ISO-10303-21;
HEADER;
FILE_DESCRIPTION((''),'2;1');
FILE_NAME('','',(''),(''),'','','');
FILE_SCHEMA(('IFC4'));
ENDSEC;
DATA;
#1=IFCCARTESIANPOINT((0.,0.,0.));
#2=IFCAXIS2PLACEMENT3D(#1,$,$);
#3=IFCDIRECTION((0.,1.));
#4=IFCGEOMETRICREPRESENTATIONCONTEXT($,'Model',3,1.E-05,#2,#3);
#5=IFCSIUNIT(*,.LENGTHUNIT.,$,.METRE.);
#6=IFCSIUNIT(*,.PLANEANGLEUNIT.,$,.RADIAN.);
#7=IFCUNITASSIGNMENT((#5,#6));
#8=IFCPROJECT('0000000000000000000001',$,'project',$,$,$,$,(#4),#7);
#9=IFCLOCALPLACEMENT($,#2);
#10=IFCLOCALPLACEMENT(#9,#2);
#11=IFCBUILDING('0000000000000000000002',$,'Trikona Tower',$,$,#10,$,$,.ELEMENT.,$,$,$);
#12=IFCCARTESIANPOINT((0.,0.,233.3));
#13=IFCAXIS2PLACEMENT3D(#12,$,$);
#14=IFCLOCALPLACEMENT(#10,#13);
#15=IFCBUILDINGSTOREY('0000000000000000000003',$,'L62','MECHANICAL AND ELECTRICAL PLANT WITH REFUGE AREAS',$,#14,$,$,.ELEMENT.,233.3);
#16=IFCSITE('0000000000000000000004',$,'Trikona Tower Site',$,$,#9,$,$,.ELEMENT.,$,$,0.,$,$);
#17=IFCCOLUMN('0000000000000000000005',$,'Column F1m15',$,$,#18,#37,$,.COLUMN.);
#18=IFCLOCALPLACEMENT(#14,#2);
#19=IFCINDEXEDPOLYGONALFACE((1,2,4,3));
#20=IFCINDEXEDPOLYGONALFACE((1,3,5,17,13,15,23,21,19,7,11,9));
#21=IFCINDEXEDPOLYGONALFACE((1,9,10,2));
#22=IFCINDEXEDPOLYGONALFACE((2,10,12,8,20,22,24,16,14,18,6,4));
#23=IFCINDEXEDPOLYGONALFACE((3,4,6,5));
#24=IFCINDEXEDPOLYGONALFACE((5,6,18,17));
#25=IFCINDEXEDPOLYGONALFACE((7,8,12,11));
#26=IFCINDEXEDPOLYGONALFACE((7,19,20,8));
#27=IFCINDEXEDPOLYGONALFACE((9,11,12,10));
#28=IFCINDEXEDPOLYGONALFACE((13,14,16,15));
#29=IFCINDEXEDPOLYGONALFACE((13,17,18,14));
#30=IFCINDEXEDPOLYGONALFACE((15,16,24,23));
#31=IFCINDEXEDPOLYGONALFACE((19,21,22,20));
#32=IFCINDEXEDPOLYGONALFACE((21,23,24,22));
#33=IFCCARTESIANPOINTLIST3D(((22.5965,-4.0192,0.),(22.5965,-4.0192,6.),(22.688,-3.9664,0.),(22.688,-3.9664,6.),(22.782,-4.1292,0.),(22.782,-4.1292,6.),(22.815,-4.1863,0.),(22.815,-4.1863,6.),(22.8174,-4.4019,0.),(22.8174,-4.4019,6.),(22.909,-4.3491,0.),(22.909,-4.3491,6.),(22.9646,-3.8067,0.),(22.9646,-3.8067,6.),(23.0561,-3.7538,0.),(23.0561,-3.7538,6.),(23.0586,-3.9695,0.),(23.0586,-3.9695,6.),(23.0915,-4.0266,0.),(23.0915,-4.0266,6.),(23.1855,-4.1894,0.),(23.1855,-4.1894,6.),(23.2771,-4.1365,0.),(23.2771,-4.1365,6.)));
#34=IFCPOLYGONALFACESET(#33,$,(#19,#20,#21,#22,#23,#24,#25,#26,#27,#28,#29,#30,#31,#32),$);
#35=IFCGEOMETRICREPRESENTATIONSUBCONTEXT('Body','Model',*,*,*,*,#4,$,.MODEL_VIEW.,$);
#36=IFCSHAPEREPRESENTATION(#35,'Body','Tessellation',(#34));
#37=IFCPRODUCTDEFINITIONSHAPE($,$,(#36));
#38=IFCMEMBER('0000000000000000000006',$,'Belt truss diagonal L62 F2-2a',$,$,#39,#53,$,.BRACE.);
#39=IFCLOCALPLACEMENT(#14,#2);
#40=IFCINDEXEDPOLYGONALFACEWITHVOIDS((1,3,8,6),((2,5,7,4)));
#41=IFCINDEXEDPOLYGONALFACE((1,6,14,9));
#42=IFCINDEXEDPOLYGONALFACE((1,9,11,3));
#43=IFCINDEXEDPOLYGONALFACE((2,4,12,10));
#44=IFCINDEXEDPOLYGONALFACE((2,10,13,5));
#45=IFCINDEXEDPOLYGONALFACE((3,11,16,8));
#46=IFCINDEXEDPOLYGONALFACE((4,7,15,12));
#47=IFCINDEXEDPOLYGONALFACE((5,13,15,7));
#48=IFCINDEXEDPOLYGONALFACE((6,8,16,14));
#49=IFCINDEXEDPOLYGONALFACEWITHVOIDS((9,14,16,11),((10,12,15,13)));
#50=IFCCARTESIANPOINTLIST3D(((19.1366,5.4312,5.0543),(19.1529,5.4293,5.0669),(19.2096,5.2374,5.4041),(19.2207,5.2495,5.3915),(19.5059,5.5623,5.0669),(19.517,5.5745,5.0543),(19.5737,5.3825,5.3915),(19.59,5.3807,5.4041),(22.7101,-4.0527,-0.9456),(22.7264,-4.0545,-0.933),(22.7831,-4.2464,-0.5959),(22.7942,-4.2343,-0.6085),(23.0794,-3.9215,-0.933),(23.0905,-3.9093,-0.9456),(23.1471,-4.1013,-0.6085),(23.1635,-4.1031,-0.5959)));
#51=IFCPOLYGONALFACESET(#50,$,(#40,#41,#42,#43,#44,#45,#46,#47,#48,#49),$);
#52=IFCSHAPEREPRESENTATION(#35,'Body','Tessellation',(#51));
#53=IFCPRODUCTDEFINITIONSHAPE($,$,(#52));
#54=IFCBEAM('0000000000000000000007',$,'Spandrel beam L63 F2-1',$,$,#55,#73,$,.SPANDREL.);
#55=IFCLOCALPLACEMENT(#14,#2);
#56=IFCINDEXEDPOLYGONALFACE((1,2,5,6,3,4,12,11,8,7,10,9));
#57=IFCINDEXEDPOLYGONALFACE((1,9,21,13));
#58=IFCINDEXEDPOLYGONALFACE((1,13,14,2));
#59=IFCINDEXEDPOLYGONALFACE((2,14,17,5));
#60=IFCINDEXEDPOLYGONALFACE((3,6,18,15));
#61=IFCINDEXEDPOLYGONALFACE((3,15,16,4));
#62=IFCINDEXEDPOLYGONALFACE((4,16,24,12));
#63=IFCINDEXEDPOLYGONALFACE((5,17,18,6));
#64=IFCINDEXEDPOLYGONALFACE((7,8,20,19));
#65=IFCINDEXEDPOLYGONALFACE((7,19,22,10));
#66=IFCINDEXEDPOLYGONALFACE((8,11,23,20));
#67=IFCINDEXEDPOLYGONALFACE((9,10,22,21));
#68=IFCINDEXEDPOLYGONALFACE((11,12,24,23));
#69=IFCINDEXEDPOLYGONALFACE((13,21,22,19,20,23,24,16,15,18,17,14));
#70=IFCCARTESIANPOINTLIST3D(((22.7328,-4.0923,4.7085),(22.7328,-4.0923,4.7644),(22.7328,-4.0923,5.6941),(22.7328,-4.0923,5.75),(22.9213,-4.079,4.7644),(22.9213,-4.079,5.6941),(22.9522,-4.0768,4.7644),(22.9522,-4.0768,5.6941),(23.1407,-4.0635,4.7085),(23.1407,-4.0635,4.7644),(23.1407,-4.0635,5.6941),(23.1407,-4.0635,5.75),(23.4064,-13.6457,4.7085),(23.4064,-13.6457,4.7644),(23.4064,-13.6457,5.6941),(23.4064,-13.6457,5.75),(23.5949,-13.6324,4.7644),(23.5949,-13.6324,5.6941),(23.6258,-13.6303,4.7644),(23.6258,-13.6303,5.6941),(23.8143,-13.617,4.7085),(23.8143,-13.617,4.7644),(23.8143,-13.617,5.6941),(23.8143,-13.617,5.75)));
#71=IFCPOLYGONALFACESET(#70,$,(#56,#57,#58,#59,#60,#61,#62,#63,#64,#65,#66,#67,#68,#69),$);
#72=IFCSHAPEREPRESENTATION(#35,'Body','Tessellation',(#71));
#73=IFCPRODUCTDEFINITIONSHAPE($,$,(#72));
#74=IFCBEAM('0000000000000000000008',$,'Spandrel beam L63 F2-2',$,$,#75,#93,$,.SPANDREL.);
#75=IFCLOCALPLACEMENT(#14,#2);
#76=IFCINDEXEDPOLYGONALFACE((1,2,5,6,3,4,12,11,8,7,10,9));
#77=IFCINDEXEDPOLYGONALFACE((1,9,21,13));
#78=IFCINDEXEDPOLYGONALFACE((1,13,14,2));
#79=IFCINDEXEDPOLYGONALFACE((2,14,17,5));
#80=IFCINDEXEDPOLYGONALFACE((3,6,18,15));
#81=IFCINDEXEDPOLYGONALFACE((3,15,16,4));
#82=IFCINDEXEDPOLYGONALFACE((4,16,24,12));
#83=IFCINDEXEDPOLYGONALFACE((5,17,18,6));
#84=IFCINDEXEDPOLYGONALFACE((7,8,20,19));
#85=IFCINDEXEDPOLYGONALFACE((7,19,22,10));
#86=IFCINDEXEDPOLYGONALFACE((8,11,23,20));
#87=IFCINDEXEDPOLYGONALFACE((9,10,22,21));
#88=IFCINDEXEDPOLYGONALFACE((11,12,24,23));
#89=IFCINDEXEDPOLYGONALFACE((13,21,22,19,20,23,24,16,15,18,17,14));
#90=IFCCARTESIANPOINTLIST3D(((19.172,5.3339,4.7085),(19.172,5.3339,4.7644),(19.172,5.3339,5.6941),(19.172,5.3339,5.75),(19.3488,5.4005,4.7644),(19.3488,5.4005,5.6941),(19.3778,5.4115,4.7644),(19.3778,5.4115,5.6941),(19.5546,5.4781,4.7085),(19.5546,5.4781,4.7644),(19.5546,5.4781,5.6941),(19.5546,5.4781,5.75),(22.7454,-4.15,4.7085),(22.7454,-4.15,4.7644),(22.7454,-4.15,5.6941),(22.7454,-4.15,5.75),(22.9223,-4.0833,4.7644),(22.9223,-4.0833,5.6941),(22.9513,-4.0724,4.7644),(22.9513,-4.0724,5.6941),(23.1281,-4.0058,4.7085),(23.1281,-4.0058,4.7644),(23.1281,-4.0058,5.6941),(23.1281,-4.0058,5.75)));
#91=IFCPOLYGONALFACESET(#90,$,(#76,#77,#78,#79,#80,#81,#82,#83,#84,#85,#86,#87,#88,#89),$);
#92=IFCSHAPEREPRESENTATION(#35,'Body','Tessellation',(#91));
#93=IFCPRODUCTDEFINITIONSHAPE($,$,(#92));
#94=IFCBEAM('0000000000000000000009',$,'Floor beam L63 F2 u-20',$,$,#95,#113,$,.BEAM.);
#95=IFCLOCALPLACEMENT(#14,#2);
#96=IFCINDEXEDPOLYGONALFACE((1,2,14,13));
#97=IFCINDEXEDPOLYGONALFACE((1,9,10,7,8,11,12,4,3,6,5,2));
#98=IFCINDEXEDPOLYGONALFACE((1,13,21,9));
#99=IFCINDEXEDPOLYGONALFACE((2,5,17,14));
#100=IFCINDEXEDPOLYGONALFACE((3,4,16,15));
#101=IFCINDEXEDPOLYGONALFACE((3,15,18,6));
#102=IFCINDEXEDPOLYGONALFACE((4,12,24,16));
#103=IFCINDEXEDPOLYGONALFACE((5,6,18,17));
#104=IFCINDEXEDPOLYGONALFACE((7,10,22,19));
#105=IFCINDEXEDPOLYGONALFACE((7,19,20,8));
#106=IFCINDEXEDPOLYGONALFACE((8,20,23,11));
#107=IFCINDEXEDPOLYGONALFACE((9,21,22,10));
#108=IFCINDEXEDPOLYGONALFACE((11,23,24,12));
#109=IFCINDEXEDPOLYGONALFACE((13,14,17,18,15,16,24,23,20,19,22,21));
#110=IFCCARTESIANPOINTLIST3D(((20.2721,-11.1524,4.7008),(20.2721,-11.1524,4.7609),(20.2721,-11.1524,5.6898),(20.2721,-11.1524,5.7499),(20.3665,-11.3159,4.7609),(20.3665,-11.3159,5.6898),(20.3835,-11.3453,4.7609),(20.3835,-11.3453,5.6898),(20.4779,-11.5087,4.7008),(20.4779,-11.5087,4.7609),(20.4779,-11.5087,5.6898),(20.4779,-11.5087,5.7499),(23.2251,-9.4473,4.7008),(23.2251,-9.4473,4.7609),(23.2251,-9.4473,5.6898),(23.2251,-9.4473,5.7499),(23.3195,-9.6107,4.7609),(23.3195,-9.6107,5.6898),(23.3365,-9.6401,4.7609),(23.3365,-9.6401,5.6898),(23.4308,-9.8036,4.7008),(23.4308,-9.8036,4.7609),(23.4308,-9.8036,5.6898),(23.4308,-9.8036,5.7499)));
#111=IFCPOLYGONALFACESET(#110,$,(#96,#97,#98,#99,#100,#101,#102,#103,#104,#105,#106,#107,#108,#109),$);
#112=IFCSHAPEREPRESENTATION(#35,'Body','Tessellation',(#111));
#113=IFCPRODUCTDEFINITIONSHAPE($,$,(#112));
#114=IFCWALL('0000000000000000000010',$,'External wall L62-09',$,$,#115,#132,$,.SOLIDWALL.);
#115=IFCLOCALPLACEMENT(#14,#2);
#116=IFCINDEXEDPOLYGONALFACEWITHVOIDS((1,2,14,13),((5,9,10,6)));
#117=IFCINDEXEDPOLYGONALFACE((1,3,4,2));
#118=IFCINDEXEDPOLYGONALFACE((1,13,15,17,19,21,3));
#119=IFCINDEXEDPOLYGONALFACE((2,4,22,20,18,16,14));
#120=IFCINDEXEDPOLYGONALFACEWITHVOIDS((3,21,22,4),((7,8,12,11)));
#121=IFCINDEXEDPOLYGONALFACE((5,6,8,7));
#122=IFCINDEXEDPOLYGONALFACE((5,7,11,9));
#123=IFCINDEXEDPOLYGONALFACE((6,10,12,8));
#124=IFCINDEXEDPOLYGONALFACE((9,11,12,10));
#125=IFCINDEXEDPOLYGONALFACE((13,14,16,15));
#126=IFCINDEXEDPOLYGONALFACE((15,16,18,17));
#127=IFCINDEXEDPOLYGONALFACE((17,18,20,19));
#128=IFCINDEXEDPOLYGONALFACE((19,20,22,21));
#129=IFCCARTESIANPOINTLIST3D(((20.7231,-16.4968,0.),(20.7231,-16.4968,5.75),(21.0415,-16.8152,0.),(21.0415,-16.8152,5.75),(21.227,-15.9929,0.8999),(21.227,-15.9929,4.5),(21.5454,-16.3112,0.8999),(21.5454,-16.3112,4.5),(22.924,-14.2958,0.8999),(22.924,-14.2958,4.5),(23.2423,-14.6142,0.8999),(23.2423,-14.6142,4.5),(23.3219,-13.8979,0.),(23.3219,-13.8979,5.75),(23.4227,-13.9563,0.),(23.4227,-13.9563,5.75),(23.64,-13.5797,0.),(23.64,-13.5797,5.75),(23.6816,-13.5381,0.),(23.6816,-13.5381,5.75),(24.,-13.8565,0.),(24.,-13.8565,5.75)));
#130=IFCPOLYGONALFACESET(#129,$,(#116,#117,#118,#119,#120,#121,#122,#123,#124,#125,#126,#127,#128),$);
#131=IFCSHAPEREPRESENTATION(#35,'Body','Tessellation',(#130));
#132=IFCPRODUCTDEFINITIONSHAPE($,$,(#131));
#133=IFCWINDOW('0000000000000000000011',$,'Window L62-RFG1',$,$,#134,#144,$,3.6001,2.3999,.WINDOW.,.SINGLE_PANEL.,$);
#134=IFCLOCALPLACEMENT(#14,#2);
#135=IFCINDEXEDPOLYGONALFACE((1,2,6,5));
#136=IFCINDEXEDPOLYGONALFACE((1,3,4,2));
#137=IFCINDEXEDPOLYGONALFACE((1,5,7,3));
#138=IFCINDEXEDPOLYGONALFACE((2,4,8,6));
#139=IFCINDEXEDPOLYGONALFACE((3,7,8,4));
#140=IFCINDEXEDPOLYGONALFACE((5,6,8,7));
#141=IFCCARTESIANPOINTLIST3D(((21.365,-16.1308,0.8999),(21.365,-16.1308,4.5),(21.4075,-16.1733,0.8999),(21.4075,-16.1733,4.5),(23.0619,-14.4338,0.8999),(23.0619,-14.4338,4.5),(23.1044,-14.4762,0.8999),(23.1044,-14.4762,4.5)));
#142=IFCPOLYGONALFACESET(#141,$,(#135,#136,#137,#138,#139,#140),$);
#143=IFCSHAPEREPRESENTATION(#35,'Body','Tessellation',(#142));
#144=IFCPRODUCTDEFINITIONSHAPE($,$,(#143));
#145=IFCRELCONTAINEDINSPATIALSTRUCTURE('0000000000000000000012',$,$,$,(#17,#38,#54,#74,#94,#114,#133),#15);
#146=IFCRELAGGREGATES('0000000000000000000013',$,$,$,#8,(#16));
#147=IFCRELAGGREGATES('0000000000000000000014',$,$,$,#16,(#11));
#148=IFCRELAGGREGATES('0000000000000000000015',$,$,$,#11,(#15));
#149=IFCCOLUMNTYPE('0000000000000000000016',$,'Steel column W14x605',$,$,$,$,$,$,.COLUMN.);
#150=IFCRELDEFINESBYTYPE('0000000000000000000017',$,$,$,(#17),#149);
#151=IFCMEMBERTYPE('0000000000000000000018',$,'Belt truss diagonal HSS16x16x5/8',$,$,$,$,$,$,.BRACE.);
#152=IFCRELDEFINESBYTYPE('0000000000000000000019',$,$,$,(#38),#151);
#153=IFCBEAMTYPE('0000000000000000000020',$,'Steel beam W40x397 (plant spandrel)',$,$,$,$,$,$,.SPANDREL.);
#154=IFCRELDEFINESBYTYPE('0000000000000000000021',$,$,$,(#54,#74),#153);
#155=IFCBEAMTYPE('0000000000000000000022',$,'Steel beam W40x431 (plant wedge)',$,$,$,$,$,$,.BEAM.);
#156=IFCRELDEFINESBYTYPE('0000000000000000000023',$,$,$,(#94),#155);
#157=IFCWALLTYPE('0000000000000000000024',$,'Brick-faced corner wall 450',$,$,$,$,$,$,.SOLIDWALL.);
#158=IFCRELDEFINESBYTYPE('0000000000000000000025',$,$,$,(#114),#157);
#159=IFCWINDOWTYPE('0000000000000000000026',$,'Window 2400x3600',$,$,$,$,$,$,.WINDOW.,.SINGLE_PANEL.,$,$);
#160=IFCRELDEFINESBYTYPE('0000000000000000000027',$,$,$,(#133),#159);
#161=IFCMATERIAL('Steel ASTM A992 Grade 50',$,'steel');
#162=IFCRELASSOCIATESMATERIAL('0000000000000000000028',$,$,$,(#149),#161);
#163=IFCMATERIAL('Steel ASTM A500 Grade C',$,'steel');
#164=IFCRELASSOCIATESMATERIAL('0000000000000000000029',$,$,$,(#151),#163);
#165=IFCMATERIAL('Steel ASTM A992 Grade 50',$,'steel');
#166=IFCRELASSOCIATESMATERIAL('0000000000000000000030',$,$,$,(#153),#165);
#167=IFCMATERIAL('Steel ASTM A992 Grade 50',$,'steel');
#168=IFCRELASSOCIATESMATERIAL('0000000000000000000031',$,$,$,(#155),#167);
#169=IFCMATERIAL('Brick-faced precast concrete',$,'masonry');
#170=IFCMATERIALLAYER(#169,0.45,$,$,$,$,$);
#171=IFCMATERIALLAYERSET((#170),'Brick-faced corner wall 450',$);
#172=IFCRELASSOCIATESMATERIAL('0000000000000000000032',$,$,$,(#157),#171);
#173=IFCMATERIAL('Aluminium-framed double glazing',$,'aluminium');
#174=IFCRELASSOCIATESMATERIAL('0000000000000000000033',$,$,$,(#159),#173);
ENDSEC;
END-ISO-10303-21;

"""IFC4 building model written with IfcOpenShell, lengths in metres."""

from ifc_helpers import new_model, si_unit, direction, frame, frame_2d, origin, origin_2d, place, context, subcontext, project, spatial, polyline, rectangle, hollow_rectangle, i_section, outline, extrude, material, layer, layer_set, material_profile, profile_set, type_object, element, fill, save


model = new_model("IFC4")

# Units and contexts
model_context = context("Model", 3, precision=1e-05, world=origin(), true_north=direction((0.0, 1.0)))
body_context = subcontext(model_context, "Body", "Model", "MODEL_VIEW")
ifc_project = project(units=[si_unit("LENGTHUNIT", "METRE"), si_unit("PLANEANGLEUNIT", "RADIAN")], contexts=[model_context])

# Site, building, storey
site_placement = place(None, origin())
site = spatial("IfcSite", under=ifc_project, at=site_placement, Name="Trikona Tower Site", CompositionType="ELEMENT", RefElevation=0.0)
building_placement = place(site_placement, origin())
building = spatial("IfcBuilding", under=site, at=building_placement, Name="Trikona Tower", CompositionType="ELEMENT")
storey_placement = place(building_placement, frame((0.0, 0.0, 233.3)))
storey = spatial("IfcBuildingStorey", under=building, at=storey_placement, Name="L62", Description="MECHANICAL AND ELECTRICAL PLANT WITH REFUGE AREAS", CompositionType="ELEMENT", Elevation=233.3)

# Column
ifc_material_1 = material(Name="Steel ASTM A992 Grade 50", Category="steel")
ifc_material_profile_1 = material_profile(ifc_material_1, i_section(OverallWidth=0.4419, OverallDepth=0.5308, WebThickness=0.0659, FlangeThickness=0.1057, at=origin_2d()), Name="W14X605")
ifc_profile_set_1 = profile_set([ifc_material_profile_1], Name="Steel ASTM A992 Grade 50")
column_type = type_object("IfcColumnType", Name="Steel column W14x605", PredefinedType="COLUMN", material=ifc_profile_set_1)
column_placement = place(storey_placement, frame((22.9368, -4.0779, 0.0), z_axis=(0.0, 0.0, 1.0), x_axis=(-0.5, 0.866025, 0.0)))
element("IfcColumn", 1, at=column_placement, inside=storey, type_object=column_type, Name="Column F1m15", PredefinedType="COLUMN", context=body_context, shape_type="SweptSolid", body=[
    extrude(i_section(OverallWidth=0.4419, OverallDepth=0.5308, WebThickness=0.0659, FlangeThickness=0.1057, at=origin_2d()), origin(), (0.0, 0.0, 1.0), 6.0),
])

# Member
ifc_material_2 = material(Name="Steel ASTM A500 Grade C", Category="steel")
ifc_material_profile_2 = material_profile(ifc_material_2, hollow_rectangle(XDim=0.4065, YDim=0.4065, WallThickness=0.0146, at=origin_2d()), Name="HSS16X16X5/8")
ifc_profile_set_2 = profile_set([ifc_material_profile_2], Name="Steel ASTM A500 Grade C")
member_type = type_object("IfcMemberType", Name="Belt truss diagonal HSS16x16x5/8", PredefinedType="BRACE", material=ifc_profile_set_2)
member_placement = place(storey_placement, frame((22.9368, -4.0779, -0.7708), z_axis=(-0.303412, 0.805242, 0.509438), x_axis=(-0.935776, -0.352596, 0.0)))
element("IfcMember", 2, at=member_placement, inside=storey, type_object=member_type, Name="Belt truss diagonal L62 F2-2a", PredefinedType="BRACE", context=body_context, shape_type="SweptSolid", body=[
    extrude(hollow_rectangle(XDim=0.4065, YDim=0.4065, WallThickness=0.0146, at=origin_2d()), origin(), (0.0, 0.0, 1.0), 11.7776),
])

# Beams
ifc_material_3 = material(Name="Steel ASTM A992 Grade 50", Category="steel")
ifc_material_profile_3 = material_profile(ifc_material_3, i_section(OverallWidth=0.4089, OverallDepth=1.0415, WebThickness=0.031, FlangeThickness=0.0559, at=origin_2d()), Name="W40X397")
ifc_profile_set_3 = profile_set([ifc_material_profile_3], Name="Steel ASTM A992 Grade 50")
beam_type_1 = type_object("IfcBeamType", Name="Steel beam W40x397 (plant spandrel)", PredefinedType="SPANDREL", material=ifc_profile_set_3)
beam_1_placement = place(storey_placement, frame((23.6104, -13.6313, 5.2292), z_axis=(-0.070332, 0.997524, 0.0), x_axis=(-0.997524, -0.070332, 0.0)))
element("IfcBeam", 3, at=beam_1_placement, inside=storey, type_object=beam_type_1, Name="Spandrel beam L63 F2-1", PredefinedType="SPANDREL", context=body_context, shape_type="SweptSolid", body=[
    extrude(i_section(OverallWidth=0.4089, OverallDepth=1.0415, WebThickness=0.031, FlangeThickness=0.0559, at=origin_2d()), origin(), (0.0, 0.0, 1.0), 9.5771),
])
beam_2_placement = place(storey_placement, frame((22.9368, -4.0779, 5.2292), z_axis=(-0.352596, 0.935776, 0.0), x_axis=(-0.935776, -0.352596, 0.0)))
element("IfcBeam", 4, at=beam_2_placement, inside=storey, type_object=beam_type_1, Name="Spandrel beam L63 F2-2", PredefinedType="SPANDREL", context=body_context, shape_type="SweptSolid", body=[
    extrude(i_section(OverallWidth=0.4089, OverallDepth=1.0415, WebThickness=0.031, FlangeThickness=0.0559, at=origin_2d()), origin(), (0.0, 0.0, 1.0), 10.1348),
])
ifc_material_4 = material(Name="Steel ASTM A992 Grade 50", Category="steel")
ifc_material_profile_4 = material_profile(ifc_material_4, i_section(OverallWidth=0.4114, OverallDepth=1.0491, WebThickness=0.0339, FlangeThickness=0.0601, at=origin_2d()), Name="W40X431")
ifc_profile_set_4 = profile_set([ifc_material_profile_4], Name="Steel ASTM A992 Grade 50")
beam_type_2 = type_object("IfcBeamType", Name="Steel beam W40x431 (plant wedge)", PredefinedType="BEAM", material=ifc_profile_set_4)
beam_3_placement = place(storey_placement, frame((20.375, -11.3306, 5.2253), z_axis=(0.865996, 0.500051, 0.0), x_axis=(-0.500051, 0.865996, 0.0)))
element("IfcBeam", 5, at=beam_3_placement, inside=storey, type_object=beam_type_2, Name="Floor beam L63 F2 u-20", PredefinedType="BEAM", context=body_context, shape_type="SweptSolid", body=[
    extrude(i_section(OverallWidth=0.4114, OverallDepth=1.0491, WebThickness=0.0339, FlangeThickness=0.0601, at=origin_2d()), origin(), (0.0, 0.0, 1.0), 3.4099),
])

# Wall, opening, window
ifc_material_5 = material(Name="Brick-faced precast concrete", Category="masonry")
ifc_layer_1 = layer(ifc_material_5, 0.45)
ifc_layer_set_1 = layer_set([ifc_layer_1], Name="Brick-faced corner wall 450")
wall_type_1 = type_object("IfcWallType", Name="Brick-faced corner wall 450", PredefinedType="SOLIDWALL", material=ifc_layer_set_1)
wall_1_placement = place(storey_placement, frame((20.8823, -16.656, 0.0), z_axis=(0.0, 0.0, 1.0), x_axis=(0.707078, 0.707136, 0.0)))
wall_1 = element("IfcWall", 6, at=wall_1_placement, inside=storey, type_object=wall_type_1, Name="External wall L62-09", PredefinedType="SOLIDWALL", context=body_context, shape_type="SweptSolid", body=[
    extrude(outline(polyline([(4.1841, 0.2251), (4.1252, 0.2251), (3.7053, 0.1125), (3.6753, 0.2251), (0.0, 0.2251), (0.0, -0.2251), (4.1841, -0.2251), (4.1841, 0.2251)])), origin(), (0.0, 0.0, 1.0), 5.75),
])
opening_1_placement = place(wall_1_placement, frame((0.7126, 0.0, 0.8999)))
opening_1 = element("IfcOpeningElement", 7, at=opening_1_placement, cuts=wall_1, PredefinedType="OPENING", context=body_context, shape_type="SweptSolid", body=[
    extrude(rectangle(XDim=2.3999, YDim=3.6001, at=frame_2d((1.2, 1.8))), frame((0.0, 0.2349, 0.0), z_axis=(0.0, -1.0, 0.0), x_axis=(1.0, 0.0, 0.0)), (0.0, 0.0, 1.0), 0.47),
])
ifc_material_6 = material(Name="Aluminium-framed double glazing", Category="aluminium")
window_type_1 = type_object("IfcWindowType", Name="Window 2400x3600", PartitioningType="SINGLE_PANEL", PredefinedType="WINDOW", material=ifc_material_6)
window_1_placement = place(opening_1_placement, origin())
window_1 = element("IfcWindow", 8, at=window_1_placement, inside=storey, type_object=window_type_1, Name="Window L62-RFG1", OverallHeight=3.6001, OverallWidth=2.3999, PartitioningType="SINGLE_PANEL", PredefinedType="WINDOW", context=body_context, shape_type="SweptSolid", body=[
    extrude(rectangle(XDim=2.3999, YDim=3.6001, at=frame_2d((1.2, 1.8))), frame((0.0, 0.03, 0.0), z_axis=(0.0, -1.0, 0.0), x_axis=(1.0, 0.0, 0.0)), (0.0, 0.0, 1.0), 0.0601),
])
fill(opening_1, window_1)

save(model, "model.ifc")
